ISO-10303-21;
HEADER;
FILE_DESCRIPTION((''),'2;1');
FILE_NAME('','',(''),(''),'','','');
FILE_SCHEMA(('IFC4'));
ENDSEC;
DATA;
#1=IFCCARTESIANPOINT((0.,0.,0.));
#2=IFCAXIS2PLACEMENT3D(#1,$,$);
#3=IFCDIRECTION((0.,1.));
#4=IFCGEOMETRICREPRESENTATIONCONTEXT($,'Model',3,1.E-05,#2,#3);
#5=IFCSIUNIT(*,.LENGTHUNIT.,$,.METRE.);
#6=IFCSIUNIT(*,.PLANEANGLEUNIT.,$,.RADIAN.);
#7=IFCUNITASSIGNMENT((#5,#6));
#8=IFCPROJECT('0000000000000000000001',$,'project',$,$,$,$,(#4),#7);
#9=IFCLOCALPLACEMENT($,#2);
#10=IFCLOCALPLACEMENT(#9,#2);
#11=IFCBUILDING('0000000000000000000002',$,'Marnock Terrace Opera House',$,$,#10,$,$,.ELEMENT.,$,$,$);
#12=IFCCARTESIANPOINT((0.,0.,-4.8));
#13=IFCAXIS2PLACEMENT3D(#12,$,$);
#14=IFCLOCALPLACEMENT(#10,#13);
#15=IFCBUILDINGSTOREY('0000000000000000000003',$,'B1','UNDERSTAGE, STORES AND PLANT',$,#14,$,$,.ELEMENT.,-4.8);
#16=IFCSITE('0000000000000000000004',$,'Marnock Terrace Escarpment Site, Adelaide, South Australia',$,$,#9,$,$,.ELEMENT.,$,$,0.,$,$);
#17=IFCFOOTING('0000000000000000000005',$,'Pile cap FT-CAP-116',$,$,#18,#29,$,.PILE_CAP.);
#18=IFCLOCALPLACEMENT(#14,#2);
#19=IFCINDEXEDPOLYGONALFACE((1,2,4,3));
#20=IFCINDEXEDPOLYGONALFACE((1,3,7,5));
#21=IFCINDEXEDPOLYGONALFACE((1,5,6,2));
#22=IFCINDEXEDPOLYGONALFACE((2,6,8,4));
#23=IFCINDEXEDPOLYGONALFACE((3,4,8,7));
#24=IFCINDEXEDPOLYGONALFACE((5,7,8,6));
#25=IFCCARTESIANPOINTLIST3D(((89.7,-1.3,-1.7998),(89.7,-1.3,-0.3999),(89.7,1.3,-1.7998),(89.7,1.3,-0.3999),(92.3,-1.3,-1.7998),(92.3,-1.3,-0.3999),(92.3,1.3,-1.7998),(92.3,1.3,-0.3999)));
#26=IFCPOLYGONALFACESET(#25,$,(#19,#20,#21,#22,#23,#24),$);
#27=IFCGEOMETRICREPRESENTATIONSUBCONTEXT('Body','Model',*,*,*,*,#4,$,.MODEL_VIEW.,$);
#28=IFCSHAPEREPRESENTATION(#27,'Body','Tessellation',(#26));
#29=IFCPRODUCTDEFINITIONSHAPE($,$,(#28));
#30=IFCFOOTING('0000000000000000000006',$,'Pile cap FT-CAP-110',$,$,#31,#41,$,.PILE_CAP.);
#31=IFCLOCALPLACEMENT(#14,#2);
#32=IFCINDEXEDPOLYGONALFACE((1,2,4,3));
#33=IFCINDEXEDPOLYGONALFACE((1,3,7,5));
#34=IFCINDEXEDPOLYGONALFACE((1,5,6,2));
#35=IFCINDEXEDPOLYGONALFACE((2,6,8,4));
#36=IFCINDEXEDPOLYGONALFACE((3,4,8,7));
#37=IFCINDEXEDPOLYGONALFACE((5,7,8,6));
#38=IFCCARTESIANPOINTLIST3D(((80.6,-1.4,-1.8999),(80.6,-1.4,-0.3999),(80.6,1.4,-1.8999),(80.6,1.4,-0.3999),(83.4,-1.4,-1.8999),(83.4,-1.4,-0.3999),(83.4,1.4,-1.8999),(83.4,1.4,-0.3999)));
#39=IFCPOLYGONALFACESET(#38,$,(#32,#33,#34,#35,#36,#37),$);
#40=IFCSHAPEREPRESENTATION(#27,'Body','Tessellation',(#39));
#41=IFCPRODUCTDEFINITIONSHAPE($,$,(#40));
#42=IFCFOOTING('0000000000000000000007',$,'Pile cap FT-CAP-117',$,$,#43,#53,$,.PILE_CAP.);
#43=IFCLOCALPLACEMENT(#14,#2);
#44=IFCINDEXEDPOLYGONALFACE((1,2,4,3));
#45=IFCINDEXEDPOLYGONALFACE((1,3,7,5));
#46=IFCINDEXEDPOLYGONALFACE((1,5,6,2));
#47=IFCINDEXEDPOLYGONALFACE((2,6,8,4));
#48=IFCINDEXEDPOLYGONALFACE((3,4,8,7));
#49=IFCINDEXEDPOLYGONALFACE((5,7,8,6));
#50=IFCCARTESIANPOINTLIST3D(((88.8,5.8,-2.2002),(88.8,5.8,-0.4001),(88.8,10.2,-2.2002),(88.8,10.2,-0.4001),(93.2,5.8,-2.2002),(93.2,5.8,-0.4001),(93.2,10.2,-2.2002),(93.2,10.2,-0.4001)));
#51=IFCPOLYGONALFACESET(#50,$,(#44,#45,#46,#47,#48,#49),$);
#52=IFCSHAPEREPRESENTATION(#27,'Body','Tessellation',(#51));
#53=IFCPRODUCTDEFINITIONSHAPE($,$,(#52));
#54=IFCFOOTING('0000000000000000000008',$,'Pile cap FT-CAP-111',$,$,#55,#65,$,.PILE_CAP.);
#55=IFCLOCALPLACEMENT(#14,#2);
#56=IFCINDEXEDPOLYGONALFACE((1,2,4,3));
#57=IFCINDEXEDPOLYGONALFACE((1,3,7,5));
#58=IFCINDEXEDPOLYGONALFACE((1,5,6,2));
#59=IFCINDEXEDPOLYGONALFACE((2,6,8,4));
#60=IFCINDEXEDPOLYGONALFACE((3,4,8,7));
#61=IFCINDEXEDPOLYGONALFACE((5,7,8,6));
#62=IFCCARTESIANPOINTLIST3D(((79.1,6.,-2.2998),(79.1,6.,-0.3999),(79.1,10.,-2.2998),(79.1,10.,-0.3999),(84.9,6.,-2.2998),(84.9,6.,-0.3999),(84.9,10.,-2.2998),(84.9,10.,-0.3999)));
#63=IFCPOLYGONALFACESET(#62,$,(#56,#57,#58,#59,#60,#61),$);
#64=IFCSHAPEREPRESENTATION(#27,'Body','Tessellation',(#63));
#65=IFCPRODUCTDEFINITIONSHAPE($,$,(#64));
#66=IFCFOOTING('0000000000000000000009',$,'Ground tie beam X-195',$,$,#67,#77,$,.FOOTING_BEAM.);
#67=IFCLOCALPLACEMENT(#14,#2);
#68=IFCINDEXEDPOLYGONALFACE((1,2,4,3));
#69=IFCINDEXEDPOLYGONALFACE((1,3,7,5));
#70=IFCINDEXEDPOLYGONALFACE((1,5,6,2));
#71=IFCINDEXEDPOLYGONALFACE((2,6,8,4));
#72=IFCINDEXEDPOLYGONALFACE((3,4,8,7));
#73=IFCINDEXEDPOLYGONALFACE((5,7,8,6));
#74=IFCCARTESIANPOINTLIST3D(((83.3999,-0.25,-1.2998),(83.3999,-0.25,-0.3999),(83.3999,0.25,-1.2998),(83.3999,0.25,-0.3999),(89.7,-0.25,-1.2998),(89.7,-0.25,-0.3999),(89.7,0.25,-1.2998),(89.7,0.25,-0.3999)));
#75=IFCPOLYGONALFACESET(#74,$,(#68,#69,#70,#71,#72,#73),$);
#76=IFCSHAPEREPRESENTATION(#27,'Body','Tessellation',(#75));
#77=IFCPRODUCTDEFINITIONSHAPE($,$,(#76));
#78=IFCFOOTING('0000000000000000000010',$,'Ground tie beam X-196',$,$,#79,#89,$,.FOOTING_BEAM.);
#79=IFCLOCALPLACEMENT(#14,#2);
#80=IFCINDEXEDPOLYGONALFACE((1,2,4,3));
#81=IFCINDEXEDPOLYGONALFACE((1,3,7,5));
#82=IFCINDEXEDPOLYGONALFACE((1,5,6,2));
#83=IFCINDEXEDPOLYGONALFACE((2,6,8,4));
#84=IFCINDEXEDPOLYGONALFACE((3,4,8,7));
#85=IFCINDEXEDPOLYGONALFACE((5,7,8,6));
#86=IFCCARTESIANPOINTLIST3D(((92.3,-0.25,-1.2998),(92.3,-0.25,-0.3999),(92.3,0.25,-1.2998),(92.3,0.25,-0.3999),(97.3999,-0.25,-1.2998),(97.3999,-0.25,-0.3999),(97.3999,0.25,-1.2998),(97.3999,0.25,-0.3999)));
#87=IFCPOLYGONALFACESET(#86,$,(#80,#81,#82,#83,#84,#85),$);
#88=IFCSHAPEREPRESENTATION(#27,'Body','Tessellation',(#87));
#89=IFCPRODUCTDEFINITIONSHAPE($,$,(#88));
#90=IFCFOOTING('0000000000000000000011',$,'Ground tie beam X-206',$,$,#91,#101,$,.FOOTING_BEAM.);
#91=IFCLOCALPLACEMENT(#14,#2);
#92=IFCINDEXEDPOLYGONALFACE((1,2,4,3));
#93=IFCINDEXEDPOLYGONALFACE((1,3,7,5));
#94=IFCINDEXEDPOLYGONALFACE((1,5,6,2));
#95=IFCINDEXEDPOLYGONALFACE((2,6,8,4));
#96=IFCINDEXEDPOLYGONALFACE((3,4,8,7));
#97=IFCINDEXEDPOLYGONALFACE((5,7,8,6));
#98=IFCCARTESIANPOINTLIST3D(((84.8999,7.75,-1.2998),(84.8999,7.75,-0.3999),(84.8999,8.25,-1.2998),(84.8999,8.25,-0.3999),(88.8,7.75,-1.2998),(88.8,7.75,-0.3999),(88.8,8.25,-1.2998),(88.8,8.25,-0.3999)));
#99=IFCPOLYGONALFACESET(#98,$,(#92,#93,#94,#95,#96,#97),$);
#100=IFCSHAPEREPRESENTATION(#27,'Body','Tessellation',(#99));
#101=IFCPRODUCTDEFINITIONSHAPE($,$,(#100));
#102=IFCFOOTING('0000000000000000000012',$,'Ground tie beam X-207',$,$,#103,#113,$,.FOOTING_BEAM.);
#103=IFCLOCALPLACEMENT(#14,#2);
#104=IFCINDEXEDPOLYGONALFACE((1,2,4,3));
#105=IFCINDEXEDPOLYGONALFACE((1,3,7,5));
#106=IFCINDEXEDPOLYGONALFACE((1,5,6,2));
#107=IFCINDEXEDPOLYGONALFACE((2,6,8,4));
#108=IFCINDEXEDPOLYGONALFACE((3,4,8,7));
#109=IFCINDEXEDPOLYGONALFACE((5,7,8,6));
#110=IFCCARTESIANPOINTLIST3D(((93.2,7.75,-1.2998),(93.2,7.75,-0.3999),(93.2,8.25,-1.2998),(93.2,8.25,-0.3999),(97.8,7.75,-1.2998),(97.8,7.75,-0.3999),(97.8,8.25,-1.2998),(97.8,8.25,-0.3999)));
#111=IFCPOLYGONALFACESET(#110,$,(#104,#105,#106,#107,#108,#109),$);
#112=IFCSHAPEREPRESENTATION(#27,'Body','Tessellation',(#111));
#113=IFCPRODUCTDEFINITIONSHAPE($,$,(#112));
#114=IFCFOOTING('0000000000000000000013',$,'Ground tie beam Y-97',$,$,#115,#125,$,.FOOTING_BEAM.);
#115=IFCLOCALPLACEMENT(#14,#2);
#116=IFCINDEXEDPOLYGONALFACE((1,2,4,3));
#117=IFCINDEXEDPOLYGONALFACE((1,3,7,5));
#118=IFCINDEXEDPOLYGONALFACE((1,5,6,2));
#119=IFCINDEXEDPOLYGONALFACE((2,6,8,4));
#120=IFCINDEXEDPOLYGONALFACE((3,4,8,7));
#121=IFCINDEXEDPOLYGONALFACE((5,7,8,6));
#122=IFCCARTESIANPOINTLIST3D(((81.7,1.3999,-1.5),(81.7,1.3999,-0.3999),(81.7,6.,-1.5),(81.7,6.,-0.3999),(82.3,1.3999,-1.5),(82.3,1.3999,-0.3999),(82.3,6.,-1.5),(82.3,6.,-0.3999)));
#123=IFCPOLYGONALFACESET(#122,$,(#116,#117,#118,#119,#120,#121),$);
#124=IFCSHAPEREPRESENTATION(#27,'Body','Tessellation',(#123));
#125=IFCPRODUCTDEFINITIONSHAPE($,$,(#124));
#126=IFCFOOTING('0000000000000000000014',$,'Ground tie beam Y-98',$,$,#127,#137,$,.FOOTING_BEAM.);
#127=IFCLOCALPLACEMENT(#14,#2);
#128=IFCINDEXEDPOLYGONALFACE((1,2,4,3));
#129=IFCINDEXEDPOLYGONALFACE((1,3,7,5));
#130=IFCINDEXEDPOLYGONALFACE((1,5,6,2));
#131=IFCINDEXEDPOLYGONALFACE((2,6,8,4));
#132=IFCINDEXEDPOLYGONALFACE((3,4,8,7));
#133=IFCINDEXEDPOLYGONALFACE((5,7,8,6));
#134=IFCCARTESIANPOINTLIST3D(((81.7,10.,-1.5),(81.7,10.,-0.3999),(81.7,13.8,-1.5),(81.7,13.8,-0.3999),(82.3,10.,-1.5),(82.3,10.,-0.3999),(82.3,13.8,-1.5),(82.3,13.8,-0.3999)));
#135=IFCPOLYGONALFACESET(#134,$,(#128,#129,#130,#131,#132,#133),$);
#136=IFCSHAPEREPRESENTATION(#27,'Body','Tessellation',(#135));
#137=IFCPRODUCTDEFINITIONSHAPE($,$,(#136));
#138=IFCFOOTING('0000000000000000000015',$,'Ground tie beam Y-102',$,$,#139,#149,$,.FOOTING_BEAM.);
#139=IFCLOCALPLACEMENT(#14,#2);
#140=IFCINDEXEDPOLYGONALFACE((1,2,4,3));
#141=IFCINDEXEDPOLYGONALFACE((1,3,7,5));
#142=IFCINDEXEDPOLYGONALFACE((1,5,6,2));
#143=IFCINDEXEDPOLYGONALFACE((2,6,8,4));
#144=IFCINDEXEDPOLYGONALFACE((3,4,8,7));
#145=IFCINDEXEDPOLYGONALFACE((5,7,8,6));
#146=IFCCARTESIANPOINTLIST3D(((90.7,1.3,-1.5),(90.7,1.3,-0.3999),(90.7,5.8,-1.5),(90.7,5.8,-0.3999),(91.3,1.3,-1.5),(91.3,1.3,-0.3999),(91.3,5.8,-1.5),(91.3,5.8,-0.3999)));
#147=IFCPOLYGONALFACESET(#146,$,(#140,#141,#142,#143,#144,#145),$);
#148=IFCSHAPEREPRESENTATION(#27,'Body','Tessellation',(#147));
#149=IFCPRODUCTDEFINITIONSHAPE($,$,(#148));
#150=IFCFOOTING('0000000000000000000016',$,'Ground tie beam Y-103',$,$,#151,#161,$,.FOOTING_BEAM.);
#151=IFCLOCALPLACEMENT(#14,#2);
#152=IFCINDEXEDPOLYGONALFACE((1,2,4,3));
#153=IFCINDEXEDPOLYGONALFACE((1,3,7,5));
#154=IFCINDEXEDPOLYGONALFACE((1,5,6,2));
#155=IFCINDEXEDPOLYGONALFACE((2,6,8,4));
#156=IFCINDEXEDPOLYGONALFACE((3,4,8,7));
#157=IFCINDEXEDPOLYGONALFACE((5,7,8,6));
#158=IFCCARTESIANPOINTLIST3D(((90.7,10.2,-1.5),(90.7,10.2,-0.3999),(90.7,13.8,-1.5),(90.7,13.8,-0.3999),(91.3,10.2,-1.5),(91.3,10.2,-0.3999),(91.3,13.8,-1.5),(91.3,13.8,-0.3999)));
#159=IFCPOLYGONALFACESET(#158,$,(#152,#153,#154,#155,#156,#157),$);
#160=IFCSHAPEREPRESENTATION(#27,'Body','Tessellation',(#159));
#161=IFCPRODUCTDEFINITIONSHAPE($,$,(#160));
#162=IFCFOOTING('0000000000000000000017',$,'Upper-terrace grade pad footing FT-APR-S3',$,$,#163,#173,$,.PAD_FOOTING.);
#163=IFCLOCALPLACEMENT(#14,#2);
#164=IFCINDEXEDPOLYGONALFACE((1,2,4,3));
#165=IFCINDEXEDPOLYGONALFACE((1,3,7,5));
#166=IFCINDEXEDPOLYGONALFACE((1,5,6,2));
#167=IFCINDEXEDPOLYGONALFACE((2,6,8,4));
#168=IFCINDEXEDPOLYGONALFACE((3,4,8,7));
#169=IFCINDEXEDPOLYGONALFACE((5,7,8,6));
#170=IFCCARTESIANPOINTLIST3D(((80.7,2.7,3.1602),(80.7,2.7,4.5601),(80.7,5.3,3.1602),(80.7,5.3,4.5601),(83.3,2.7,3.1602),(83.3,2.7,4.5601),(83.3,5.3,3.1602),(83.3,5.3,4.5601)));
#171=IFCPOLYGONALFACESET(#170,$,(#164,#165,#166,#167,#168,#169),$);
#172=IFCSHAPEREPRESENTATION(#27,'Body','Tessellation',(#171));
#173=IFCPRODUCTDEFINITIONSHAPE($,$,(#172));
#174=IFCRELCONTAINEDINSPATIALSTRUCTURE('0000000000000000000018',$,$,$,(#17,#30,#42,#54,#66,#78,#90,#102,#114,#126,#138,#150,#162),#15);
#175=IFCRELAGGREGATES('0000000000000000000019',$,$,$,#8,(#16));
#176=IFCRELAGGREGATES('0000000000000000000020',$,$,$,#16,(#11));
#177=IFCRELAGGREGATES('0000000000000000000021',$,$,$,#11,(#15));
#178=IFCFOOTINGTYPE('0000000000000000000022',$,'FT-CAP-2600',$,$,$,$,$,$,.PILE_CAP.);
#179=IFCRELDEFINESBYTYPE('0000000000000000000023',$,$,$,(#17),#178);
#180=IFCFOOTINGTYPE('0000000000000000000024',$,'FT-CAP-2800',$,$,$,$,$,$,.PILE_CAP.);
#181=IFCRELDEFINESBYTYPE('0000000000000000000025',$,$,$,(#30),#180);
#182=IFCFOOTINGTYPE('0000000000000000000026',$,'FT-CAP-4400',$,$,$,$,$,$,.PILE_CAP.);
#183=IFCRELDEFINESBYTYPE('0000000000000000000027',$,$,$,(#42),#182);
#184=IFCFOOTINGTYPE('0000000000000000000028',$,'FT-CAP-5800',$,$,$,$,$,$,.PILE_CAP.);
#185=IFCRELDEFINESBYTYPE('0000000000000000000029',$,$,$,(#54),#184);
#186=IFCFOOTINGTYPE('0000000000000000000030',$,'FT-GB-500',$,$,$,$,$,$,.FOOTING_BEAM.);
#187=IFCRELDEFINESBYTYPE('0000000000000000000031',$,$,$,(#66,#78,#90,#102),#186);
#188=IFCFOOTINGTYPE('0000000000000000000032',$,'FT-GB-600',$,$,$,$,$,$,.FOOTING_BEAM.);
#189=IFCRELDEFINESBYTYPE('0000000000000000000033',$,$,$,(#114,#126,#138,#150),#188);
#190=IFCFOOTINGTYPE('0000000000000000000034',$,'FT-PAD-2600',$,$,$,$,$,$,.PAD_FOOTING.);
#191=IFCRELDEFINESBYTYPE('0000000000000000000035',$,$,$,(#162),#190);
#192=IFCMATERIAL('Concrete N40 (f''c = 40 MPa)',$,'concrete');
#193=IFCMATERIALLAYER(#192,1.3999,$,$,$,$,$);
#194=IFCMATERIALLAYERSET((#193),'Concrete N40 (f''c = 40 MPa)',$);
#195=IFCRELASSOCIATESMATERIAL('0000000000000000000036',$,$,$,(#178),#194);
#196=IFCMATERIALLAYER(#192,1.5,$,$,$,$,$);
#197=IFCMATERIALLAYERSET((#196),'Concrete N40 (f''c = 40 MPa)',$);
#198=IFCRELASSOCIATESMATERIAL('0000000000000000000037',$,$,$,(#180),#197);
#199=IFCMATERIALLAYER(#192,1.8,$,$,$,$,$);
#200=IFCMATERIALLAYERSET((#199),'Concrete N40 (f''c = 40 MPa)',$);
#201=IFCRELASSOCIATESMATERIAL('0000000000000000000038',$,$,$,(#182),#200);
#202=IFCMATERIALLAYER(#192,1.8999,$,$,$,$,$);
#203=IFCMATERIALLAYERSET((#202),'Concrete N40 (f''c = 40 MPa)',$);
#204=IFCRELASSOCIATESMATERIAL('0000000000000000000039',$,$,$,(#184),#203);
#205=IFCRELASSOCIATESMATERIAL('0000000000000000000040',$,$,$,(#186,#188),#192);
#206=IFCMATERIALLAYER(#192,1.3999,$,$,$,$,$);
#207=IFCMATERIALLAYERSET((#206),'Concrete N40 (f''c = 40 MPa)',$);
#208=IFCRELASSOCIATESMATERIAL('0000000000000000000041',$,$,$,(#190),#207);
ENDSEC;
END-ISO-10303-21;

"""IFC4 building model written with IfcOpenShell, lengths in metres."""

from ifc_helpers import new_model, si_unit, direction, frame, origin, origin_2d, place, context, subcontext, project, spatial, rectangle, extrude, material, layer, layer_set, material_profile, profile_set, type_object, element, save


model = new_model("IFC4")

# Units and contexts
model_context = context("Model", 3, precision=1e-05, world=origin(), true_north=direction((0.0, 1.0)))
body_context = subcontext(model_context, "Body", "Model", "MODEL_VIEW")
ifc_project = project(units=[si_unit("LENGTHUNIT", "METRE"), si_unit("PLANEANGLEUNIT", "RADIAN")], contexts=[model_context])

# Site, building, storey
site_placement = place(None, origin())
site = spatial("IfcSite", under=ifc_project, at=site_placement, Name="Marnock Terrace Escarpment Site, Adelaide, South Australia", CompositionType="ELEMENT", RefElevation=0.0)
building_placement = place(site_placement, origin())
building = spatial("IfcBuilding", under=site, at=building_placement, Name="Marnock Terrace Opera House", CompositionType="ELEMENT")
storey_placement = place(building_placement, frame((0.0, 0.0, -4.8)))
storey = spatial("IfcBuildingStorey", under=building, at=storey_placement, Name="B1", Description="UNDERSTAGE, STORES AND PLANT", CompositionType="ELEMENT", Elevation=-4.8)

# Footings
ifc_material_1 = material(Name="Concrete N40 (f'c = 40 MPa)", Category="concrete")
ifc_layer_1 = layer(ifc_material_1, 1.3999)
ifc_layer_set_1 = layer_set([ifc_layer_1], Name="Concrete N40 (f'c = 40 MPa)")
footing_type_1 = type_object("IfcFootingType", Name="FT-CAP-2600", PredefinedType="PILE_CAP", material=ifc_layer_set_1)
footing_1_placement = place(storey_placement, frame((91.0, 0.0, -1.7998), z_axis=(0.0, 0.0, 1.0), x_axis=(1.0, 0.0, 0.0)))
element("IfcFooting", 1, at=footing_1_placement, inside=storey, type_object=footing_type_1, Name="Pile cap FT-CAP-116", PredefinedType="PILE_CAP", context=body_context, shape_type="SweptSolid", body=[
    extrude(rectangle(XDim=2.6001, YDim=2.6001, at=origin_2d()), origin(), (0.0, 0.0, 1.0), 1.3999),
])
ifc_layer_2 = layer(ifc_material_1, 1.5)
ifc_layer_set_2 = layer_set([ifc_layer_2], Name="Concrete N40 (f'c = 40 MPa)")
footing_type_2 = type_object("IfcFootingType", Name="FT-CAP-2800", PredefinedType="PILE_CAP", material=ifc_layer_set_2)
footing_2_placement = place(storey_placement, frame((82.0, 0.0, -1.8999), z_axis=(0.0, 0.0, 1.0), x_axis=(1.0, 0.0, 0.0)))
element("IfcFooting", 2, at=footing_2_placement, inside=storey, type_object=footing_type_2, Name="Pile cap FT-CAP-110", PredefinedType="PILE_CAP", context=body_context, shape_type="SweptSolid", body=[
    extrude(rectangle(XDim=2.8, YDim=2.8, at=origin_2d()), origin(), (0.0, 0.0, 1.0), 1.5),
])
ifc_layer_3 = layer(ifc_material_1, 1.8)
ifc_layer_set_3 = layer_set([ifc_layer_3], Name="Concrete N40 (f'c = 40 MPa)")
footing_type_3 = type_object("IfcFootingType", Name="FT-CAP-4400", PredefinedType="PILE_CAP", material=ifc_layer_set_3)
footing_3_placement = place(storey_placement, frame((91.0, 8.0, -2.2002), z_axis=(0.0, 0.0, 1.0), x_axis=(1.0, 0.0, 0.0)))
element("IfcFooting", 3, at=footing_3_placement, inside=storey, type_object=footing_type_3, Name="Pile cap FT-CAP-117", PredefinedType="PILE_CAP", context=body_context, shape_type="SweptSolid", body=[
    extrude(rectangle(XDim=4.3999, YDim=4.3999, at=origin_2d()), origin(), (0.0, 0.0, 1.0), 1.8),
])
ifc_layer_4 = layer(ifc_material_1, 1.8999)
ifc_layer_set_4 = layer_set([ifc_layer_4], Name="Concrete N40 (f'c = 40 MPa)")
footing_type_4 = type_object("IfcFootingType", Name="FT-CAP-5800", PredefinedType="PILE_CAP", material=ifc_layer_set_4)
footing_4_placement = place(storey_placement, frame((82.0, 8.0, -2.2998), z_axis=(0.0, 0.0, 1.0), x_axis=(1.0, 0.0, 0.0)))
element("IfcFooting", 4, at=footing_4_placement, inside=storey, type_object=footing_type_4, Name="Pile cap FT-CAP-111", PredefinedType="PILE_CAP", context=body_context, shape_type="SweptSolid", body=[
    extrude(rectangle(XDim=5.8, YDim=4.0, at=origin_2d()), origin(), (0.0, 0.0, 1.0), 1.8999),
])
ifc_material_profile_1 = material_profile(ifc_material_1, rectangle(XDim=0.5, YDim=0.8999, at=origin_2d()))
ifc_profile_set_1 = profile_set([ifc_material_profile_1], Name="Concrete N40 (f'c = 40 MPa)")
footing_type_5 = type_object("IfcFootingType", Name="FT-GB-500", PredefinedType="FOOTING_BEAM", material=ifc_profile_set_1)
footing_5_placement = place(storey_placement, frame((83.3999, 0.0, -0.8499), z_axis=(1.0, 0.0, 0.0), x_axis=(0.0, 1.0, 0.0)))
element("IfcFooting", 5, at=footing_5_placement, inside=storey, type_object=footing_type_5, Name="Ground tie beam X-195", PredefinedType="FOOTING_BEAM", context=body_context, shape_type="SweptSolid", body=[
    extrude(rectangle(XDim=0.5, YDim=0.8999, at=origin_2d()), origin(), (0.0, 0.0, 1.0), 6.3),
])
footing_6_placement = place(storey_placement, frame((92.3, 0.0, -0.8499), z_axis=(1.0, 0.0, 0.0), x_axis=(0.0, 1.0, 0.0)))
element("IfcFooting", 6, at=footing_6_placement, inside=storey, type_object=footing_type_5, Name="Ground tie beam X-196", PredefinedType="FOOTING_BEAM", context=body_context, shape_type="SweptSolid", body=[
    extrude(rectangle(XDim=0.5, YDim=0.8999, at=origin_2d()), origin(), (0.0, 0.0, 1.0), 5.0999),
])
footing_7_placement = place(storey_placement, frame((84.8999, 8.0, -0.8499), z_axis=(1.0, 0.0, 0.0), x_axis=(0.0, 1.0, 0.0)))
element("IfcFooting", 7, at=footing_7_placement, inside=storey, type_object=footing_type_5, Name="Ground tie beam X-206", PredefinedType="FOOTING_BEAM", context=body_context, shape_type="SweptSolid", body=[
    extrude(rectangle(XDim=0.5, YDim=0.8999, at=origin_2d()), origin(), (0.0, 0.0, 1.0), 3.9001),
])
footing_8_placement = place(storey_placement, frame((93.2, 8.0, -0.8499), z_axis=(1.0, 0.0, 0.0), x_axis=(0.0, 1.0, 0.0)))
element("IfcFooting", 8, at=footing_8_placement, inside=storey, type_object=footing_type_5, Name="Ground tie beam X-207", PredefinedType="FOOTING_BEAM", context=body_context, shape_type="SweptSolid", body=[
    extrude(rectangle(XDim=0.5, YDim=0.8999, at=origin_2d()), origin(), (0.0, 0.0, 1.0), 4.6001),
])
ifc_material_profile_2 = material_profile(ifc_material_1, rectangle(XDim=0.6001, YDim=1.1001, at=origin_2d()))
ifc_profile_set_2 = profile_set([ifc_material_profile_2], Name="Concrete N40 (f'c = 40 MPa)")
footing_type_6 = type_object("IfcFootingType", Name="FT-GB-600", PredefinedType="FOOTING_BEAM", material=ifc_profile_set_2)
footing_9_placement = place(storey_placement, frame((82.0, 1.3999, -0.95), z_axis=(0.0, 1.0, 0.0), x_axis=(-1.0, 0.0, 0.0)))
element("IfcFooting", 9, at=footing_9_placement, inside=storey, type_object=footing_type_6, Name="Ground tie beam Y-97", PredefinedType="FOOTING_BEAM", context=body_context, shape_type="SweptSolid", body=[
    extrude(rectangle(XDim=0.6001, YDim=1.1001, at=origin_2d()), origin(), (0.0, 0.0, 1.0), 4.6001),
])
footing_10_placement = place(storey_placement, frame((82.0, 10.0, -0.95), z_axis=(0.0, 1.0, 0.0), x_axis=(-1.0, 0.0, 0.0)))
element("IfcFooting", 10, at=footing_10_placement, inside=storey, type_object=footing_type_6, Name="Ground tie beam Y-98", PredefinedType="FOOTING_BEAM", context=body_context, shape_type="SweptSolid", body=[
    extrude(rectangle(XDim=0.6001, YDim=1.1001, at=origin_2d()), origin(), (0.0, 0.0, 1.0), 3.8),
])
footing_11_placement = place(storey_placement, frame((91.0, 1.3, -0.95), z_axis=(0.0, 1.0, 0.0), x_axis=(-1.0, 0.0, 0.0)))
element("IfcFooting", 11, at=footing_11_placement, inside=storey, type_object=footing_type_6, Name="Ground tie beam Y-102", PredefinedType="FOOTING_BEAM", context=body_context, shape_type="SweptSolid", body=[
    extrude(rectangle(XDim=0.6001, YDim=1.1001, at=origin_2d()), origin(), (0.0, 0.0, 1.0), 4.5),
])
footing_12_placement = place(storey_placement, frame((91.0, 10.2, -0.95), z_axis=(0.0, 1.0, 0.0), x_axis=(-1.0, 0.0, 0.0)))
element("IfcFooting", 12, at=footing_12_placement, inside=storey, type_object=footing_type_6, Name="Ground tie beam Y-103", PredefinedType="FOOTING_BEAM", context=body_context, shape_type="SweptSolid", body=[
    extrude(rectangle(XDim=0.6001, YDim=1.1001, at=origin_2d()), origin(), (0.0, 0.0, 1.0), 3.6001),
])
ifc_layer_5 = layer(ifc_material_1, 1.3999)
ifc_layer_set_5 = layer_set([ifc_layer_5], Name="Concrete N40 (f'c = 40 MPa)")
footing_type_7 = type_object("IfcFootingType", Name="FT-PAD-2600", PredefinedType="PAD_FOOTING", material=ifc_layer_set_5)
footing_13_placement = place(storey_placement, frame((82.0, 4.0, 3.1602), z_axis=(0.0, 0.0, 1.0), x_axis=(1.0, 0.0, 0.0)))
element("IfcFooting", 13, at=footing_13_placement, inside=storey, type_object=footing_type_7, Name="Upper-terrace grade pad footing FT-APR-S3", PredefinedType="PAD_FOOTING", context=body_context, shape_type="SweptSolid", body=[
    extrude(rectangle(XDim=2.6001, YDim=2.6001, at=origin_2d()), origin(), (0.0, 0.0, 1.0), 1.3999),
])

save(model, "model.ifc")
